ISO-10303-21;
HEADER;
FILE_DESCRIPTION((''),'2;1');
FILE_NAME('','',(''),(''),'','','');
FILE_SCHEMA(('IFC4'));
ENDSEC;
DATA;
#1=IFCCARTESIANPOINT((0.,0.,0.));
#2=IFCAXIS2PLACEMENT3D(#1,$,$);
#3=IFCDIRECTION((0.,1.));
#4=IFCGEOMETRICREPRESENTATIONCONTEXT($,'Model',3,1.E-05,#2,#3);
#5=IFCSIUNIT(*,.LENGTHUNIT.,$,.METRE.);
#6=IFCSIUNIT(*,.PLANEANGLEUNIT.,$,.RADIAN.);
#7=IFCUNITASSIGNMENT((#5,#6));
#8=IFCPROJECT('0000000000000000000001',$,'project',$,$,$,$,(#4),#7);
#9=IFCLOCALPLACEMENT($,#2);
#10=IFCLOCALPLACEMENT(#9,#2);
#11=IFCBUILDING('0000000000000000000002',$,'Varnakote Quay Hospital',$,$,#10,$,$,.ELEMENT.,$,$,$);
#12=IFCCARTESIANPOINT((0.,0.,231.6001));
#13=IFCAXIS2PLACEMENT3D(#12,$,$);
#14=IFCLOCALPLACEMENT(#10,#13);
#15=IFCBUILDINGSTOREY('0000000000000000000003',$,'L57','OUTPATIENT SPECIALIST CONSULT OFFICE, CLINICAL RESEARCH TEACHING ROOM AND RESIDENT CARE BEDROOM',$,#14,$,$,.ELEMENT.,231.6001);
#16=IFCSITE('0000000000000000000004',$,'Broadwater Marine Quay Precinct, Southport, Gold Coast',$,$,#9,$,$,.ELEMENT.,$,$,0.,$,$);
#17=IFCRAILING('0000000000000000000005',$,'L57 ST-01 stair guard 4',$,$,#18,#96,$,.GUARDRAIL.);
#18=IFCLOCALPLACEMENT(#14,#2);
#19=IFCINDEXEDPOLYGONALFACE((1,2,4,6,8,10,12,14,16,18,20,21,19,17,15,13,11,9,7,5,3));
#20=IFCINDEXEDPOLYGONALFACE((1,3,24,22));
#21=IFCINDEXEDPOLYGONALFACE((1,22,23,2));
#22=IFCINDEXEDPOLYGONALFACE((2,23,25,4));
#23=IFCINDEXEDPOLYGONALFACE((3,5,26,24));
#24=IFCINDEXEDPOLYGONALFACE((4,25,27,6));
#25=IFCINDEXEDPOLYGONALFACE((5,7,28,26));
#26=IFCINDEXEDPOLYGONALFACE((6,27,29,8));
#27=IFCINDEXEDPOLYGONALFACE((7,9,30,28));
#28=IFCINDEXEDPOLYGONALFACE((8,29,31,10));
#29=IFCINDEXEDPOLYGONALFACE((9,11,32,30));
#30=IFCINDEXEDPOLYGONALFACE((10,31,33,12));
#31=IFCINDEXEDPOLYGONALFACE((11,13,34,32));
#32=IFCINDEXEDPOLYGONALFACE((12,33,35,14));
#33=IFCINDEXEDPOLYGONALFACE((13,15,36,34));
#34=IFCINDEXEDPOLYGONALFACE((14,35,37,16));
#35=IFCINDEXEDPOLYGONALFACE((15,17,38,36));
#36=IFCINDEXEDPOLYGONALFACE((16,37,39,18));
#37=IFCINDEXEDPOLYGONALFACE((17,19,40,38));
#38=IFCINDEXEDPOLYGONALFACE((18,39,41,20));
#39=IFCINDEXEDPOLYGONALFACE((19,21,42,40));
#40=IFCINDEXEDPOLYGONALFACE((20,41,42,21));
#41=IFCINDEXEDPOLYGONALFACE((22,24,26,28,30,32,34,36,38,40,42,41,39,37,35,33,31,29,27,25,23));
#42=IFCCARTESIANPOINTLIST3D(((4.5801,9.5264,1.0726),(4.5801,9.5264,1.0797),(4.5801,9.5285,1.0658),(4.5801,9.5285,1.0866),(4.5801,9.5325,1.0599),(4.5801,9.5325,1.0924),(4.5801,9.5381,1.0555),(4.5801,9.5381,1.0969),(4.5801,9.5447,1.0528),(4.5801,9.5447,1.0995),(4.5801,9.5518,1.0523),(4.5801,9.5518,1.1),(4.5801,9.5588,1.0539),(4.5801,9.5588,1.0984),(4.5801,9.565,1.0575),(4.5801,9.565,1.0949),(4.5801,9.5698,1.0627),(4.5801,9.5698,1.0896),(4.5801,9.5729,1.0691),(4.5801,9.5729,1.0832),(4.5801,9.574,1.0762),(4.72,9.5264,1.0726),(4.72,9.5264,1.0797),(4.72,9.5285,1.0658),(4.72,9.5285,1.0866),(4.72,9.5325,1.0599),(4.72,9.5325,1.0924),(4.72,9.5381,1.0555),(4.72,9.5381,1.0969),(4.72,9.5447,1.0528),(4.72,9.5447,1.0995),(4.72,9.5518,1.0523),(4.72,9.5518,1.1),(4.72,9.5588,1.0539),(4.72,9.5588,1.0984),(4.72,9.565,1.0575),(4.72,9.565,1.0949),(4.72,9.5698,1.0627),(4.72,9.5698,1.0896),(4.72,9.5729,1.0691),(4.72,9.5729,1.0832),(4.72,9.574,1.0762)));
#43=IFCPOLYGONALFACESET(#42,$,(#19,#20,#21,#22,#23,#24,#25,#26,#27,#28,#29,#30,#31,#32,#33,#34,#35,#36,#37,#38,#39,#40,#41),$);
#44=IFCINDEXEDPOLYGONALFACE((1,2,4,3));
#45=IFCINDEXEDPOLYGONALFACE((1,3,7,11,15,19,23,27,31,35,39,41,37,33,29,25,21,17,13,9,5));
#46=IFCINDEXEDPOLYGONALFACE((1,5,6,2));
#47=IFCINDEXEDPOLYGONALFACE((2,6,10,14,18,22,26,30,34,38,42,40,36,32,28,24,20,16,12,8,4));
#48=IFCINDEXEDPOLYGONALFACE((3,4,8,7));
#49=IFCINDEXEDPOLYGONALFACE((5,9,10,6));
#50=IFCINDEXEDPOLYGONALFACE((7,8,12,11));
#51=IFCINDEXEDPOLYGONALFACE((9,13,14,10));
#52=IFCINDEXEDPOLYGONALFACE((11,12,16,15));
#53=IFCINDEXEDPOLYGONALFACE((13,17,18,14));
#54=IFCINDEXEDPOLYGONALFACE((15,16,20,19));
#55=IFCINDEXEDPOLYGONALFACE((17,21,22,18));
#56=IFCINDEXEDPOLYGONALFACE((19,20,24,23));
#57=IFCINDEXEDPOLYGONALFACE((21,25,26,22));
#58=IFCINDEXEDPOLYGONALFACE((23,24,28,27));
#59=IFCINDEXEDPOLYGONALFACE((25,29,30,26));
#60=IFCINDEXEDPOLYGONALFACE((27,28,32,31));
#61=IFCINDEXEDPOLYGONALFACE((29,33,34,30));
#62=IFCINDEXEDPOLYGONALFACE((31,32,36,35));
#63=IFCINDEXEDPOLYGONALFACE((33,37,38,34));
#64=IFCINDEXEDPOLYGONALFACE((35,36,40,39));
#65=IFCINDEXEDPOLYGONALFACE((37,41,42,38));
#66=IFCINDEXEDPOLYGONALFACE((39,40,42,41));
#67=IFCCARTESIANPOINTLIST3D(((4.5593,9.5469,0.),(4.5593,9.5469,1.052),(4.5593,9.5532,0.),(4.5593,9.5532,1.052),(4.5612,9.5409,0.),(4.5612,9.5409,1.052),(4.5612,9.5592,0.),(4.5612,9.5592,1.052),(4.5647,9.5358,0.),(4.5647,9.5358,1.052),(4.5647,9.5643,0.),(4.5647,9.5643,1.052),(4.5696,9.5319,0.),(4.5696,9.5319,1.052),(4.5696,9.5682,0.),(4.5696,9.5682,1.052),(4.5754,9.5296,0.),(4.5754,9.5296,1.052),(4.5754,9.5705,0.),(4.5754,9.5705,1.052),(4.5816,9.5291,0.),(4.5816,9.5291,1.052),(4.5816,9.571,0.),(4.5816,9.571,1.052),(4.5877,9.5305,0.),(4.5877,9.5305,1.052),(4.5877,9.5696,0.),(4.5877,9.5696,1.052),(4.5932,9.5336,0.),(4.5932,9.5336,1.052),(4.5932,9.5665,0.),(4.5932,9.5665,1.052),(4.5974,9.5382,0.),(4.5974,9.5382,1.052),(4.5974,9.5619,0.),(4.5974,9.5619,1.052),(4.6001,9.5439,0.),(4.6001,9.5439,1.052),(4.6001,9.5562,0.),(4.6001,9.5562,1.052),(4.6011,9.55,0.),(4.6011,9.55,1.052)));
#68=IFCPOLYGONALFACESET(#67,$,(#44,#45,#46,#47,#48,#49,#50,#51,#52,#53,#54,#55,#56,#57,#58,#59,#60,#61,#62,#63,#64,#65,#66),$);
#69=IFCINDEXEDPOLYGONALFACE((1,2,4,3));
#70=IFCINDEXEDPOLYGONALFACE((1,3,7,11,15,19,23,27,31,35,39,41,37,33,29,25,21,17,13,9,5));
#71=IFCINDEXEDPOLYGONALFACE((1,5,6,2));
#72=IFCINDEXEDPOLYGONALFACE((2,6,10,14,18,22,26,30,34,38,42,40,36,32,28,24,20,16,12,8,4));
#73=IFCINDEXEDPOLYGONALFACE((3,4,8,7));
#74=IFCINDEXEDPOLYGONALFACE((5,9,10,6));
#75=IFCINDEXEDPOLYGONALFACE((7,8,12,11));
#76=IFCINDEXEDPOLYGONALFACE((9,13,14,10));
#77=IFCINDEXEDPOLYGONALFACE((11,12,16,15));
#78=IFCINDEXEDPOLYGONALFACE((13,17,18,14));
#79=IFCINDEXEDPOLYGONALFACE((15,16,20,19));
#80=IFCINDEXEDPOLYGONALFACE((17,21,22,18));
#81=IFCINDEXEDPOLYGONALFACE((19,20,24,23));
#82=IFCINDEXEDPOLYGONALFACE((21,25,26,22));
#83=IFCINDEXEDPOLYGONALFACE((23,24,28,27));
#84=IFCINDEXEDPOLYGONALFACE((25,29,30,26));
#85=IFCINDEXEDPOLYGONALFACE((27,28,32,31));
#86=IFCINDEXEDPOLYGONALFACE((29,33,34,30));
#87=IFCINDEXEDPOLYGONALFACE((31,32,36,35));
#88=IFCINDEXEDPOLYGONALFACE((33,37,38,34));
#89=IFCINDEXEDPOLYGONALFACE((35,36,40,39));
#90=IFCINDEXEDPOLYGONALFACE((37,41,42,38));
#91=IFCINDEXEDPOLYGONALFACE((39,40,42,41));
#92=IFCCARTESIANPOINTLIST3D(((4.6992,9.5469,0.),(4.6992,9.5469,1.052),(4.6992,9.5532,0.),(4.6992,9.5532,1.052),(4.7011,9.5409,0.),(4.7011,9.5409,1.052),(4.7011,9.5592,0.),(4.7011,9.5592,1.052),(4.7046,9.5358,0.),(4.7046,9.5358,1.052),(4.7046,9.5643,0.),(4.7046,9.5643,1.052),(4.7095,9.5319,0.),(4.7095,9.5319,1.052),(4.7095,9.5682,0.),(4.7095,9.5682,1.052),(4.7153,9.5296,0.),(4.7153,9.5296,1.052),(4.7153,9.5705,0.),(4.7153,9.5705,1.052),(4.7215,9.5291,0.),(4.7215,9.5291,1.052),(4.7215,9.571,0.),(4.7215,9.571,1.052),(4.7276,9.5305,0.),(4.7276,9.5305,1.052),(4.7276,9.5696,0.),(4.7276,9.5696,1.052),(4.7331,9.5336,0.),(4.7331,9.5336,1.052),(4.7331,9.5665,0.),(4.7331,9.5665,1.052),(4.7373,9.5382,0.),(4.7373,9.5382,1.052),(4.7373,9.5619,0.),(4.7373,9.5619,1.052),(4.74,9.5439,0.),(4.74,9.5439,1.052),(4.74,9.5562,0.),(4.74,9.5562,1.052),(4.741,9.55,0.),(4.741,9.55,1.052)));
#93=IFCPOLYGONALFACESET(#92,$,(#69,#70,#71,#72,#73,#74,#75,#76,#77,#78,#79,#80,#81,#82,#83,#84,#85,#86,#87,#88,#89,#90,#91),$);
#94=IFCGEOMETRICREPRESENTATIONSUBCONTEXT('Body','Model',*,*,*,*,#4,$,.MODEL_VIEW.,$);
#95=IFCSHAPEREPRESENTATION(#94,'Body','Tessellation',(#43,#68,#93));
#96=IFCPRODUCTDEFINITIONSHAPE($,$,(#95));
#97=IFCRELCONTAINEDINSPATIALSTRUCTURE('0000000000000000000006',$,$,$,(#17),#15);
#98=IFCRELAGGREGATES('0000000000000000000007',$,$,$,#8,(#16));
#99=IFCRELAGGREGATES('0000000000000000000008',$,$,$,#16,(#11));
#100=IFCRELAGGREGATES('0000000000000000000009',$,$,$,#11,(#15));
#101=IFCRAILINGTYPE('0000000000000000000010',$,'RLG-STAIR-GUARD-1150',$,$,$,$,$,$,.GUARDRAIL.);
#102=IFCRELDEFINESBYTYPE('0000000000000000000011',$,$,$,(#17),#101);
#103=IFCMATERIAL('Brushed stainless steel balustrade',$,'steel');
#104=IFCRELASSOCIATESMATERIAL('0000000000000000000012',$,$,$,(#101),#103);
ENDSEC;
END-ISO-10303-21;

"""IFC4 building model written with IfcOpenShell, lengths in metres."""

from ifc_helpers import new_model, si_unit, direction, frame, origin, origin_2d, place, context, subcontext, project, spatial, circle, extrude, material, type_object, element, save


model = new_model("IFC4")

# Units and contexts
model_context = context("Model", 3, precision=1e-05, world=origin(), true_north=direction((0.0, 1.0)))
body_context = subcontext(model_context, "Body", "Model", "MODEL_VIEW")
ifc_project = project(units=[si_unit("LENGTHUNIT", "METRE"), si_unit("PLANEANGLEUNIT", "RADIAN")], contexts=[model_context])

# Site, building, storey
site_placement = place(None, origin())
site = spatial("IfcSite", under=ifc_project, at=site_placement, Name="Broadwater Marine Quay Precinct, Southport, Gold Coast", CompositionType="ELEMENT", RefElevation=0.0)
building_placement = place(site_placement, origin())
building = spatial("IfcBuilding", under=site, at=building_placement, Name="Varnakote Quay Hospital", CompositionType="ELEMENT")
storey_placement = place(building_placement, frame((0.0, 0.0, 231.6001)))
storey = spatial("IfcBuildingStorey", under=building, at=storey_placement, Name="L57", Description="OUTPATIENT SPECIALIST CONSULT OFFICE, CLINICAL RESEARCH TEACHING ROOM AND RESIDENT CARE BEDROOM", CompositionType="ELEMENT", Elevation=231.6001)

# Railing
ifc_material_1 = material(Name="Brushed stainless steel balustrade", Category="steel")
railing_type_1 = type_object("IfcRailingType", Name="RLG-STAIR-GUARD-1150", PredefinedType="GUARDRAIL", material=ifc_material_1)
railing_1_placement = place(storey_placement, frame((4.5801, 9.55, 0.0)))
element("IfcRailing", 1, at=railing_1_placement, inside=storey, type_object=railing_type_1, Name="L57 ST-01 stair guard 4", PredefinedType="GUARDRAIL", context=body_context, shape_type="SweptSolid", body=[
    extrude(circle(Radius=0.0239, at=origin_2d()), frame((0.0, 0.0, 1.0762), z_axis=(1.0, 0.0, 0.0), x_axis=(0.0, 1.0, 0.0)), (0.0, 0.0, 1.0), 0.1399),
    extrude(circle(Radius=0.021, at=origin_2d()), origin(), (0.0, 0.0, 1.0), 1.052),
    extrude(circle(Radius=0.021, at=origin_2d()), frame((0.1399, 0.0, 0.0)), (0.0, 0.0, 1.0), 1.052),
])

save(model, "model.ifc")
